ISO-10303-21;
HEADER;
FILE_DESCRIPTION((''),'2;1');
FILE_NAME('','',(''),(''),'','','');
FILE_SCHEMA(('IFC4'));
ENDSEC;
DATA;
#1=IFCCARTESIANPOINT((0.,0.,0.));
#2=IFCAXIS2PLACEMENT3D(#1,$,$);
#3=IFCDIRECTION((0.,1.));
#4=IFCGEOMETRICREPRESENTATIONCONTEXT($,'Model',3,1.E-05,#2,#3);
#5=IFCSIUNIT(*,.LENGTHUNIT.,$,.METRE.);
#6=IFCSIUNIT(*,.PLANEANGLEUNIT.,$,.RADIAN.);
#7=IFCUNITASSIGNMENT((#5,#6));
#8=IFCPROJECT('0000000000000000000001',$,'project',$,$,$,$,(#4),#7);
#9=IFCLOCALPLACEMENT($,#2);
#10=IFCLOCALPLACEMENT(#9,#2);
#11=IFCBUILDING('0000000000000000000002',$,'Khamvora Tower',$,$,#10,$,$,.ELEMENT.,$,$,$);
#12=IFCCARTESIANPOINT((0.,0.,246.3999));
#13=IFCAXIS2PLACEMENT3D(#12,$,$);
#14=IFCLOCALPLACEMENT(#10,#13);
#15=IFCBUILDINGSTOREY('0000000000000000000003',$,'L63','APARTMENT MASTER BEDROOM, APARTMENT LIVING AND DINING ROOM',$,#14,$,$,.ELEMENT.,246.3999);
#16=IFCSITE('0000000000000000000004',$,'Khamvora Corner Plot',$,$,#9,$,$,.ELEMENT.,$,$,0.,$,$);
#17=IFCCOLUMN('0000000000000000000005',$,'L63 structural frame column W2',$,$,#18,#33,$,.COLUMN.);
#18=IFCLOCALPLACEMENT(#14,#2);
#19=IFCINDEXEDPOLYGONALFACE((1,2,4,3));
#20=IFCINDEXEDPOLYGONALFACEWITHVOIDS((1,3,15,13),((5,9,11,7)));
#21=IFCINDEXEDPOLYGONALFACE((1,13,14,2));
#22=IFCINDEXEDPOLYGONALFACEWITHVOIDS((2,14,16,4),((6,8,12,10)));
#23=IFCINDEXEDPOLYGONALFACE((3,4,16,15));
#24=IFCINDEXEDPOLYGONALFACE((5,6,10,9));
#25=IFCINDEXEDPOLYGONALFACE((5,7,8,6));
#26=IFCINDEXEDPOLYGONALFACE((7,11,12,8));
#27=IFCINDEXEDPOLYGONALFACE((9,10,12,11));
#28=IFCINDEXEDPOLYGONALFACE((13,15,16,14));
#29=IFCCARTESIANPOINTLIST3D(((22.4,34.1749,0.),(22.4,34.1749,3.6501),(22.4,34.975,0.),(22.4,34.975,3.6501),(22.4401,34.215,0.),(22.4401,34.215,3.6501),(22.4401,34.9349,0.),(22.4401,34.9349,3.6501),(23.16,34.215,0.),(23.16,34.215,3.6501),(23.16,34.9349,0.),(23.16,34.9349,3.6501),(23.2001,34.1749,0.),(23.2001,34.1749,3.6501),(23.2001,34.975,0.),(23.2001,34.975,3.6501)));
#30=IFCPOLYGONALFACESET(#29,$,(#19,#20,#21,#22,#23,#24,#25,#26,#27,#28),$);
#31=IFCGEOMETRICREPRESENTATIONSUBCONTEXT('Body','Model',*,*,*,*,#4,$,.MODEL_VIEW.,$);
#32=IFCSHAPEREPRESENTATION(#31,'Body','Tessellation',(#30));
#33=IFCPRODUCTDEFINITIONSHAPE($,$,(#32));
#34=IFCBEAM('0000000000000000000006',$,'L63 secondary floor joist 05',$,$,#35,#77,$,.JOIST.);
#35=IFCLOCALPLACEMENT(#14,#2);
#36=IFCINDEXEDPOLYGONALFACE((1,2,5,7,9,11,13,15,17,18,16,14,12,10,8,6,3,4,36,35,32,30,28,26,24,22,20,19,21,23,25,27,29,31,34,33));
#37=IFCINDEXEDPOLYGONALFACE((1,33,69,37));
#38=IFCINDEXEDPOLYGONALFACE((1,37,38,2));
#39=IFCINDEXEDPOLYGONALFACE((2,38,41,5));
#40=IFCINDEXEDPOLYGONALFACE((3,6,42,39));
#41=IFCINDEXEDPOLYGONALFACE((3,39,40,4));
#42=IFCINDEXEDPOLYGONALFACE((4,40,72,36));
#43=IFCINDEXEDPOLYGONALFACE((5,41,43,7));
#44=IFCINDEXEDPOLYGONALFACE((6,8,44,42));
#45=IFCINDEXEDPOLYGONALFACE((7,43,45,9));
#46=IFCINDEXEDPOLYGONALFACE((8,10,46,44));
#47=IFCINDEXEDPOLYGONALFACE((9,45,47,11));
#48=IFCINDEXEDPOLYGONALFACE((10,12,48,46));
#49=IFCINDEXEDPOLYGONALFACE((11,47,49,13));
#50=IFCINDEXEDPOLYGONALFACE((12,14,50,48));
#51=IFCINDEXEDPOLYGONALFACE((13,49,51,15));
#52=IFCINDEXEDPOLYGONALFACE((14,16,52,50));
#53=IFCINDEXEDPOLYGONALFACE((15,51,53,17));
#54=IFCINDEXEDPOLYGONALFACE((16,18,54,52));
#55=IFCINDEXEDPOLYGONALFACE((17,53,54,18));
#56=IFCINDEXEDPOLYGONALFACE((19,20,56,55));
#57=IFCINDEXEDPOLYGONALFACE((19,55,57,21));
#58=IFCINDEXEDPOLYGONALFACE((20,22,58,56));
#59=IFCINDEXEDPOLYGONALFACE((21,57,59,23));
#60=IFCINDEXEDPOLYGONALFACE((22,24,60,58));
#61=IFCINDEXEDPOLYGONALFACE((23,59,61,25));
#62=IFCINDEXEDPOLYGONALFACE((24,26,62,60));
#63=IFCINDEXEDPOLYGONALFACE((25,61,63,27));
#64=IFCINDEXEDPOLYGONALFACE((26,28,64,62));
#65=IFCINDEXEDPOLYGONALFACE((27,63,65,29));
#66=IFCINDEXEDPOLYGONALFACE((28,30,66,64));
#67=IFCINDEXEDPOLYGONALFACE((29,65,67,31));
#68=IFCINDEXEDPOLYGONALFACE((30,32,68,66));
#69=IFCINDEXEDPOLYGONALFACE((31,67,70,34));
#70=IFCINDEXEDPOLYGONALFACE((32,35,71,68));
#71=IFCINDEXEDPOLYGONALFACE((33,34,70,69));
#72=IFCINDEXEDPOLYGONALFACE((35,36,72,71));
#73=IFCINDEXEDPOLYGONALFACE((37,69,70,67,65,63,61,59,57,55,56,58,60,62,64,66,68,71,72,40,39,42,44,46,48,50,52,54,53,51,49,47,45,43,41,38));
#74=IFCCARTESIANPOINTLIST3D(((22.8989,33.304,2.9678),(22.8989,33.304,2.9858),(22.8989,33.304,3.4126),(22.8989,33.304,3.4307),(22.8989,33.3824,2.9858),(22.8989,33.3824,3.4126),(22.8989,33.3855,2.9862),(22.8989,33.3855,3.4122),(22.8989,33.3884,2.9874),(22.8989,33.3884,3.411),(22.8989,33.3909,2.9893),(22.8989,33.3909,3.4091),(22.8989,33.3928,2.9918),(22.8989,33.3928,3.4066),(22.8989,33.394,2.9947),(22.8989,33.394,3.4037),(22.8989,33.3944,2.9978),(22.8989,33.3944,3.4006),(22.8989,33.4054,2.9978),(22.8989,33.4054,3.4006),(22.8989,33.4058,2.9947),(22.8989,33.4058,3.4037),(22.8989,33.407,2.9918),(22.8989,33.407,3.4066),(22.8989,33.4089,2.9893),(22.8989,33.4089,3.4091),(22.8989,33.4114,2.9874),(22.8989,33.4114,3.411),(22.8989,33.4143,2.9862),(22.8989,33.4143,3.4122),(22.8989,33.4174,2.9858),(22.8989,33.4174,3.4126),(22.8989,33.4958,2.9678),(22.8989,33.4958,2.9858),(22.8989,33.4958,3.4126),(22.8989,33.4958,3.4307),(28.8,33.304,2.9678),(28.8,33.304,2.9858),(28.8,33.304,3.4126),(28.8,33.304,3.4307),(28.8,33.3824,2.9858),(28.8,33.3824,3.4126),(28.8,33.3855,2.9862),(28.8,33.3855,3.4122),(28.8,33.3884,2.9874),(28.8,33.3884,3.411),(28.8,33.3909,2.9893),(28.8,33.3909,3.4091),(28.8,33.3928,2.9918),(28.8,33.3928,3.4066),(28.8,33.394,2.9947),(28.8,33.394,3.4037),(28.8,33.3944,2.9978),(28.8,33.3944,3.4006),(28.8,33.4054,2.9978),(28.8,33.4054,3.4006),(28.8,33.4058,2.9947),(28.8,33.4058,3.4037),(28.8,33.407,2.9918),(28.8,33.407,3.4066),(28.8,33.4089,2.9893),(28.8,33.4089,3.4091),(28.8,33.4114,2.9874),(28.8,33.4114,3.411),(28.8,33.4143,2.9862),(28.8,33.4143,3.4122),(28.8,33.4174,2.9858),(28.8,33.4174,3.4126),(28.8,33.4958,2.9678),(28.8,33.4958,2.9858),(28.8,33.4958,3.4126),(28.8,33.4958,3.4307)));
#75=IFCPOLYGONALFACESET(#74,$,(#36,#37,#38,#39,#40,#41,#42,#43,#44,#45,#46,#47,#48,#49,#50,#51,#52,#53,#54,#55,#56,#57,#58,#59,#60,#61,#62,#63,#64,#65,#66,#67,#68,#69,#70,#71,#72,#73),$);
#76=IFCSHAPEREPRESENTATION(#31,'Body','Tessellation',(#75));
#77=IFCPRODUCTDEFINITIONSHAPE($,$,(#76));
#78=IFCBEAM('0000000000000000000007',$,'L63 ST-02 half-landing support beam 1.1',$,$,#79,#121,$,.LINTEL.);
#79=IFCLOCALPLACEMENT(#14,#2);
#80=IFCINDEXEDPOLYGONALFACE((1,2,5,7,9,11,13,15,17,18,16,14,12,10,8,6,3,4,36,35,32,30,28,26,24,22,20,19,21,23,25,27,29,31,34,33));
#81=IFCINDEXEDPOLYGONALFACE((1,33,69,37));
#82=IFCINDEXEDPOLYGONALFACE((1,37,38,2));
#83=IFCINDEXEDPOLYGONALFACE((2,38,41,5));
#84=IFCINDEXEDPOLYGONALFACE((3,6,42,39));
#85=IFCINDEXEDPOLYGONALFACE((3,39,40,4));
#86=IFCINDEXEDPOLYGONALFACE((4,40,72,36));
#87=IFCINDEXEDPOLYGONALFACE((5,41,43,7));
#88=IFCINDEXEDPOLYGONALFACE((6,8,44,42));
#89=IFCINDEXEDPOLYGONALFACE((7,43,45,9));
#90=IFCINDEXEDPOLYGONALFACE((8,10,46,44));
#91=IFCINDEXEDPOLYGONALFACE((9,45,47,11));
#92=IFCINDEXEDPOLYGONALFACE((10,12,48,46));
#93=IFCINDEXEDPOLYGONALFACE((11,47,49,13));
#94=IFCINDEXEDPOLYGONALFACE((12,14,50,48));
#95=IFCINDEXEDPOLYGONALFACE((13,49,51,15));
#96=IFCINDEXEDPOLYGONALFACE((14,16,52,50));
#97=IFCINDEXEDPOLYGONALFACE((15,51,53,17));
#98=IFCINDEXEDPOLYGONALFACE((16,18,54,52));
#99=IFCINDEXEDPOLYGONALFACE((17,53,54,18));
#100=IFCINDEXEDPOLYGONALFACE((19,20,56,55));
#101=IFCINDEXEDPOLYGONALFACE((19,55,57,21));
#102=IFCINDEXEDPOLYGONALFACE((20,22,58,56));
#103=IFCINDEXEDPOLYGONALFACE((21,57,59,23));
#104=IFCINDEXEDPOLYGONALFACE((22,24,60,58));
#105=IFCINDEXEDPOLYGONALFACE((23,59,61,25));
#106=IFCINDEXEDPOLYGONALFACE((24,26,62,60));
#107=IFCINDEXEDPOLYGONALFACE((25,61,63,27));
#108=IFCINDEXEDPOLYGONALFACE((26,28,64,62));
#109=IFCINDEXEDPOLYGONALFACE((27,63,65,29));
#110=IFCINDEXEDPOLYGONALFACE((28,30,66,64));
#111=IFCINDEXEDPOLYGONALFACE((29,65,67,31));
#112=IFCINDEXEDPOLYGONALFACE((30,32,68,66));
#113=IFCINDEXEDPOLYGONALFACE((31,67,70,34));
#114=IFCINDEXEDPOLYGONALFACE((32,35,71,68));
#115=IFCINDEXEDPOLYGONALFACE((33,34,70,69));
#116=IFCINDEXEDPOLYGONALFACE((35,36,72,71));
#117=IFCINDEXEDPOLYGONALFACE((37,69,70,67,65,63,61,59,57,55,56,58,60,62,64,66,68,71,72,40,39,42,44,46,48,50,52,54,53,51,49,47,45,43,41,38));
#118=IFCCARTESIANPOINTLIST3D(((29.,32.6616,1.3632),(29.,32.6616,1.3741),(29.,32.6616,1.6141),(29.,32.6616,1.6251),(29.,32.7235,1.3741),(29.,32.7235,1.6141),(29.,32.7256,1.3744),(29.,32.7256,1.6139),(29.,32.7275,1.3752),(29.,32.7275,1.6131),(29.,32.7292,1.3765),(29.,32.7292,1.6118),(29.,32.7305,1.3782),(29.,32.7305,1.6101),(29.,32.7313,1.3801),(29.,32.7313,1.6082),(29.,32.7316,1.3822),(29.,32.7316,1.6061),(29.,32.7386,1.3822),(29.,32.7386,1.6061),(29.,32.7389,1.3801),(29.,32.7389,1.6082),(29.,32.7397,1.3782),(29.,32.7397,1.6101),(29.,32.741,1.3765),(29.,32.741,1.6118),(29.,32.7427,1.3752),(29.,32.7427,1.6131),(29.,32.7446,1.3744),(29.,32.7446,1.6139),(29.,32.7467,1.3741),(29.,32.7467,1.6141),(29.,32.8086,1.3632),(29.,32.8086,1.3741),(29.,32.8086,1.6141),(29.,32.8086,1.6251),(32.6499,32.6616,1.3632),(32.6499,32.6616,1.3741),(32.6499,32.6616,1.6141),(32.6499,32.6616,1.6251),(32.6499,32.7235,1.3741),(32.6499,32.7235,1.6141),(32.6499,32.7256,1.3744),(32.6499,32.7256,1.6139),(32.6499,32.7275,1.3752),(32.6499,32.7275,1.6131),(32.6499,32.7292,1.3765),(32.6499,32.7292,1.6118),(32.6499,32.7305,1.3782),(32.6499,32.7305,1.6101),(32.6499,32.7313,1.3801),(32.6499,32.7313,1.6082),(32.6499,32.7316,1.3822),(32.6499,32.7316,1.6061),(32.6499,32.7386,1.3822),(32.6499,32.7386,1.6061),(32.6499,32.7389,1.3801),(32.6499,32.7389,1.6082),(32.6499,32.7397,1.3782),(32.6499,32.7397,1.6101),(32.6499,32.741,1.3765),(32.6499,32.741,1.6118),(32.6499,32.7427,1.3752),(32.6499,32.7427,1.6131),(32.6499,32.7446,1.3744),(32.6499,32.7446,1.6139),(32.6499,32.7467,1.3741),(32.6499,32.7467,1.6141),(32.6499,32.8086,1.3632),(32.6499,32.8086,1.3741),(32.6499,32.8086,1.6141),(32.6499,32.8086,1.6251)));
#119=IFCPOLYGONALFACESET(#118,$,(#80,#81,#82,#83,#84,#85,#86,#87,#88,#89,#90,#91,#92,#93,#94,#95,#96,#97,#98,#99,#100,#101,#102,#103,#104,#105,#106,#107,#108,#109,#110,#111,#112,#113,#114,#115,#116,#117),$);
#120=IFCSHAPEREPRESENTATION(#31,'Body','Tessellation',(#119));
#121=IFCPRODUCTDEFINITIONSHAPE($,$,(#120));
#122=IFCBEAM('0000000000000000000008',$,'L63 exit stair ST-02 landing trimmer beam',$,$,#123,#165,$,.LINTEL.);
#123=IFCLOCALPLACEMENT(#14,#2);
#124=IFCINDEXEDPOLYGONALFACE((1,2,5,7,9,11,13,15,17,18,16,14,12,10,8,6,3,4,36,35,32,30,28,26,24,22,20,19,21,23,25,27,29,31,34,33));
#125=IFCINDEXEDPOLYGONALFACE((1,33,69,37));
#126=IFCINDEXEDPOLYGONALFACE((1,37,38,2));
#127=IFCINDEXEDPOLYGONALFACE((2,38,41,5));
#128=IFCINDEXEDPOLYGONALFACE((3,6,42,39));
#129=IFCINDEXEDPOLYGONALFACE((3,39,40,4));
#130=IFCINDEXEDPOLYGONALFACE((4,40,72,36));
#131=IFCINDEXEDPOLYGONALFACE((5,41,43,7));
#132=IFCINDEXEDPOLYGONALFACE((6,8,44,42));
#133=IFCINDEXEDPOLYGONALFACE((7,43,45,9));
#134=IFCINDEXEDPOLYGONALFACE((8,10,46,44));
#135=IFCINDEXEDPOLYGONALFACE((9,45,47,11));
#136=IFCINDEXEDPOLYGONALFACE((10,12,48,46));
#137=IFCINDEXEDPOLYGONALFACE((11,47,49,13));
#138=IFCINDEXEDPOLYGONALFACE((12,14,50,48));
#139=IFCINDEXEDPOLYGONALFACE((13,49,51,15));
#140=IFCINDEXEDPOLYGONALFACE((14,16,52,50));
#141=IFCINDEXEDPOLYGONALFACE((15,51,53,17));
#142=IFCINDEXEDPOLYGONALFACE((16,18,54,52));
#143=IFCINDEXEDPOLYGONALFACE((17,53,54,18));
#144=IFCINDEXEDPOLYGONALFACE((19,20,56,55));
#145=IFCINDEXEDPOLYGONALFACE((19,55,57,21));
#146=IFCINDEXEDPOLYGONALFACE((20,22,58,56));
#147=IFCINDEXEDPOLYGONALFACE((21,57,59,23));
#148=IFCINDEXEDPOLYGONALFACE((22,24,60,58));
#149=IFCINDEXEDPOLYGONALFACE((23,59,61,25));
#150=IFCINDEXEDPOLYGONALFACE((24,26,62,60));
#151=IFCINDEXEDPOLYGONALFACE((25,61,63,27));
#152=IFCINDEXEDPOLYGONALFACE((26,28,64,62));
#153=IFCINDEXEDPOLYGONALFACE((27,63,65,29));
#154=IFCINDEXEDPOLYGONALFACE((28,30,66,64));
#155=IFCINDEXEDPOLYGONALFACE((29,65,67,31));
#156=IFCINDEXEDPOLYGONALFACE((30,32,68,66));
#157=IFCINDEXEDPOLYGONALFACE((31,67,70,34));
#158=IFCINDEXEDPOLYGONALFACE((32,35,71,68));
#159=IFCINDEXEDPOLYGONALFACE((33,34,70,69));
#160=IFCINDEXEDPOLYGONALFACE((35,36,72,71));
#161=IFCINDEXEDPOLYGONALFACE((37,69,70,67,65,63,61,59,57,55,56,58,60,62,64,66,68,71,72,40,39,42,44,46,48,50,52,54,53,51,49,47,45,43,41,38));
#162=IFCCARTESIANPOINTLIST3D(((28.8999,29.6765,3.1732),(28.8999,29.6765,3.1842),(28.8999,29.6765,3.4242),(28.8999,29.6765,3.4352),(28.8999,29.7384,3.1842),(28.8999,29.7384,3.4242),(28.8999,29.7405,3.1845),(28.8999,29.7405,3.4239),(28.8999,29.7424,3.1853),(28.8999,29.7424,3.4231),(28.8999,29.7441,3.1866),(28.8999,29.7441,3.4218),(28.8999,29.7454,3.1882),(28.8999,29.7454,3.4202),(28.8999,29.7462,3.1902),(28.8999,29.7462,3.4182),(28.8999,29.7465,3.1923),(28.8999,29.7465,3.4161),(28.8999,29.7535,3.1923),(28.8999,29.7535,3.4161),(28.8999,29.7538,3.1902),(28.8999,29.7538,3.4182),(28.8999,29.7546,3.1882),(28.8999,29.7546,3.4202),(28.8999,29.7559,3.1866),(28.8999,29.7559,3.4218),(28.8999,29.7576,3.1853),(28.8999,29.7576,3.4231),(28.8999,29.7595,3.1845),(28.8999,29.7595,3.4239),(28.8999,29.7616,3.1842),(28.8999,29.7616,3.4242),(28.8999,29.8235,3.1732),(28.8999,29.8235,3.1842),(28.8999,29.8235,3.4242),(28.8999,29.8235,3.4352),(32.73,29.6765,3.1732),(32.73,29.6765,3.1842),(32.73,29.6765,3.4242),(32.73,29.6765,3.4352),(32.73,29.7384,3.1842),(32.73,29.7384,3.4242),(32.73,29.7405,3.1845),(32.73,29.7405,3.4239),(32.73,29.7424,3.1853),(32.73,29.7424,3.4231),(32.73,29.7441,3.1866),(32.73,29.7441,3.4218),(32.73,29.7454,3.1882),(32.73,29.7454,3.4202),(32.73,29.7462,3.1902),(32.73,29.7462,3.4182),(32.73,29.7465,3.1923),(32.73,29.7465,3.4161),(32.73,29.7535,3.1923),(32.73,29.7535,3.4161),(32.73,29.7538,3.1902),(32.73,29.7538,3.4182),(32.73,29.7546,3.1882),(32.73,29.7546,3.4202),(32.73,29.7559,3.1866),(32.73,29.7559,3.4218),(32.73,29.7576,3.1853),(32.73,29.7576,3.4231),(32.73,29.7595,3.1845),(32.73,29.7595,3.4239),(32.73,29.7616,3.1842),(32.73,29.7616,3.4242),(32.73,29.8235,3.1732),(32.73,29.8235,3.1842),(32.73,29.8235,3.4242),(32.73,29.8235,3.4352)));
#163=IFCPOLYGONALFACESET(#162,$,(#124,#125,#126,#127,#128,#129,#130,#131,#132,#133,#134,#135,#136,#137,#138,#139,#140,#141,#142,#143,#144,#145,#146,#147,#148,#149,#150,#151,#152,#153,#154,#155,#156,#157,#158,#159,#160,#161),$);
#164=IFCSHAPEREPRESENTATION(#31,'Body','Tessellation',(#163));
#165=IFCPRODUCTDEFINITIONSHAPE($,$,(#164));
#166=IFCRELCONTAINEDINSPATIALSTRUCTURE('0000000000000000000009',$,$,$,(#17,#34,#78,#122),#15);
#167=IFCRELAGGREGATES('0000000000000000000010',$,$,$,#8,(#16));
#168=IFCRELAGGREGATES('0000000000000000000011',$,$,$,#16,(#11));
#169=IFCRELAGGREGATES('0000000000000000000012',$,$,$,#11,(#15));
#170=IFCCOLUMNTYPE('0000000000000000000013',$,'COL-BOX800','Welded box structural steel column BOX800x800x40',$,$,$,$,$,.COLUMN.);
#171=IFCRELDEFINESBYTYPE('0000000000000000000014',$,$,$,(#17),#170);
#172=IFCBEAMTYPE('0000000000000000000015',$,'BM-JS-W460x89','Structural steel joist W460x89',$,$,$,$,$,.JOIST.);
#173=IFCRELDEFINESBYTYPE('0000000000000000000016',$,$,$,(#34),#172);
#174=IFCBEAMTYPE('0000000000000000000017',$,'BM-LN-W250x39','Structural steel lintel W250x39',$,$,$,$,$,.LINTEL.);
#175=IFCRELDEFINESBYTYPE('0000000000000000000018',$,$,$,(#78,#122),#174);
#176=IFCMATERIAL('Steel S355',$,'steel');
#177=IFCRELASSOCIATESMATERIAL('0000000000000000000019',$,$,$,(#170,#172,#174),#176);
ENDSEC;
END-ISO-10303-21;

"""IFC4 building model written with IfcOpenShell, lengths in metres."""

from ifc_helpers import new_model, si_unit, direction, frame, origin, origin_2d, place, context, subcontext, project, spatial, hollow_rectangle, i_section, extrude, material, material_profile, profile_set, type_object, element, save


model = new_model("IFC4")

# Units and contexts
model_context = context("Model", 3, precision=1e-05, world=origin(), true_north=direction((0.0, 1.0)))
body_context = subcontext(model_context, "Body", "Model", "MODEL_VIEW")
ifc_project = project(units=[si_unit("LENGTHUNIT", "METRE"), si_unit("PLANEANGLEUNIT", "RADIAN")], contexts=[model_context])

# Site, building, storey
site_placement = place(None, origin())
site = spatial("IfcSite", under=ifc_project, at=site_placement, Name="Khamvora Corner Plot", CompositionType="ELEMENT", RefElevation=0.0)
building_placement = place(site_placement, origin())
building = spatial("IfcBuilding", under=site, at=building_placement, Name="Khamvora Tower", CompositionType="ELEMENT")
storey_placement = place(building_placement, frame((0.0, 0.0, 246.3999)))
storey = spatial("IfcBuildingStorey", under=building, at=storey_placement, Name="L63", Description="APARTMENT MASTER BEDROOM, APARTMENT LIVING AND DINING ROOM", CompositionType="ELEMENT", Elevation=246.3999)

# Column
ifc_material_1 = material(Name="Steel S355", Category="steel")
ifc_material_profile_1 = material_profile(ifc_material_1, hollow_rectangle(XDim=0.8, YDim=0.8, WallThickness=0.04, at=origin_2d()), Name="BOX800x800x40")
ifc_profile_set_1 = profile_set([ifc_material_profile_1], Name="Steel S355")
column_type = type_object("IfcColumnType", Name="COL-BOX800", Description="Welded box structural steel column BOX800x800x40", PredefinedType="COLUMN", material=ifc_profile_set_1)
column_placement = place(storey_placement, frame((22.8, 34.575, 0.0), z_axis=(0.0, 0.0, 1.0), x_axis=(1.0, 0.0, 0.0)))
element("IfcColumn", 1, at=column_placement, inside=storey, type_object=column_type, Name="L63 structural frame column W2", PredefinedType="COLUMN", context=body_context, shape_type="SweptSolid", body=[
    extrude(hollow_rectangle(XDim=0.8, YDim=0.8, WallThickness=0.04, at=origin_2d()), origin(), (0.0, 0.0, 1.0), 3.6501),
])

# Beams
ifc_material_profile_2 = material_profile(ifc_material_1, i_section(OverallWidth=0.1919, OverallDepth=0.4629, WebThickness=0.011, FlangeThickness=0.0181, FilletRadius=0.012, at=origin_2d()), Name="W460x89")
ifc_profile_set_2 = profile_set([ifc_material_profile_2], Name="Steel S355")
beam_type_1 = type_object("IfcBeamType", Name="BM-JS-W460x89", Description="Structural steel joist W460x89", PredefinedType="JOIST", material=ifc_profile_set_2)
beam_1_placement = place(storey_placement, frame((22.8989, 33.3999, 3.1992), z_axis=(1.0, 0.0, 0.0), x_axis=(0.0, 1.0, 0.0)))
element("IfcBeam", 2, at=beam_1_placement, inside=storey, type_object=beam_type_1, Name="L63 secondary floor joist 05", PredefinedType="JOIST", context=body_context, shape_type="SweptSolid", body=[
    extrude(i_section(OverallWidth=0.1919, OverallDepth=0.4629, WebThickness=0.011, FlangeThickness=0.0181, FilletRadius=0.012, at=origin_2d()), origin(), (0.0, 0.0, 1.0), 5.9011),
])
ifc_material_profile_3 = material_profile(ifc_material_1, i_section(OverallWidth=0.147, OverallDepth=0.262, WebThickness=0.0071, FlangeThickness=0.011, FilletRadius=0.0081, at=origin_2d()), Name="W250x39")
ifc_profile_set_3 = profile_set([ifc_material_profile_3], Name="Steel S355")
beam_type_2 = type_object("IfcBeamType", Name="BM-LN-W250x39", Description="Structural steel lintel W250x39", PredefinedType="LINTEL", material=ifc_profile_set_3)
beam_2_placement = place(storey_placement, frame((29.0, 32.7351, 1.4941), z_axis=(1.0, 0.0, 0.0), x_axis=(0.0, 1.0, 0.0)))
element("IfcBeam", 3, at=beam_2_placement, inside=storey, type_object=beam_type_2, Name="L63 ST-02 half-landing support beam 1.1", PredefinedType="LINTEL", context=body_context, shape_type="SweptSolid", body=[
    extrude(i_section(OverallWidth=0.147, OverallDepth=0.262, WebThickness=0.0071, FlangeThickness=0.011, FilletRadius=0.0081, at=origin_2d()), origin(), (0.0, 0.0, 1.0), 3.6499),
])
beam_3_placement = place(storey_placement, frame((28.8999, 29.75, 3.3042), z_axis=(1.0, 0.0, 0.0), x_axis=(0.0, 1.0, 0.0)))
element("IfcBeam", 4, at=beam_3_placement, inside=storey, type_object=beam_type_2, Name="L63 exit stair ST-02 landing trimmer beam", PredefinedType="LINTEL", context=body_context, shape_type="SweptSolid", body=[
    extrude(i_section(OverallWidth=0.147, OverallDepth=0.262, WebThickness=0.0071, FlangeThickness=0.011, FilletRadius=0.0081, at=origin_2d()), origin(), (0.0, 0.0, 1.0), 3.8301),
])

save(model, "model.ifc")
